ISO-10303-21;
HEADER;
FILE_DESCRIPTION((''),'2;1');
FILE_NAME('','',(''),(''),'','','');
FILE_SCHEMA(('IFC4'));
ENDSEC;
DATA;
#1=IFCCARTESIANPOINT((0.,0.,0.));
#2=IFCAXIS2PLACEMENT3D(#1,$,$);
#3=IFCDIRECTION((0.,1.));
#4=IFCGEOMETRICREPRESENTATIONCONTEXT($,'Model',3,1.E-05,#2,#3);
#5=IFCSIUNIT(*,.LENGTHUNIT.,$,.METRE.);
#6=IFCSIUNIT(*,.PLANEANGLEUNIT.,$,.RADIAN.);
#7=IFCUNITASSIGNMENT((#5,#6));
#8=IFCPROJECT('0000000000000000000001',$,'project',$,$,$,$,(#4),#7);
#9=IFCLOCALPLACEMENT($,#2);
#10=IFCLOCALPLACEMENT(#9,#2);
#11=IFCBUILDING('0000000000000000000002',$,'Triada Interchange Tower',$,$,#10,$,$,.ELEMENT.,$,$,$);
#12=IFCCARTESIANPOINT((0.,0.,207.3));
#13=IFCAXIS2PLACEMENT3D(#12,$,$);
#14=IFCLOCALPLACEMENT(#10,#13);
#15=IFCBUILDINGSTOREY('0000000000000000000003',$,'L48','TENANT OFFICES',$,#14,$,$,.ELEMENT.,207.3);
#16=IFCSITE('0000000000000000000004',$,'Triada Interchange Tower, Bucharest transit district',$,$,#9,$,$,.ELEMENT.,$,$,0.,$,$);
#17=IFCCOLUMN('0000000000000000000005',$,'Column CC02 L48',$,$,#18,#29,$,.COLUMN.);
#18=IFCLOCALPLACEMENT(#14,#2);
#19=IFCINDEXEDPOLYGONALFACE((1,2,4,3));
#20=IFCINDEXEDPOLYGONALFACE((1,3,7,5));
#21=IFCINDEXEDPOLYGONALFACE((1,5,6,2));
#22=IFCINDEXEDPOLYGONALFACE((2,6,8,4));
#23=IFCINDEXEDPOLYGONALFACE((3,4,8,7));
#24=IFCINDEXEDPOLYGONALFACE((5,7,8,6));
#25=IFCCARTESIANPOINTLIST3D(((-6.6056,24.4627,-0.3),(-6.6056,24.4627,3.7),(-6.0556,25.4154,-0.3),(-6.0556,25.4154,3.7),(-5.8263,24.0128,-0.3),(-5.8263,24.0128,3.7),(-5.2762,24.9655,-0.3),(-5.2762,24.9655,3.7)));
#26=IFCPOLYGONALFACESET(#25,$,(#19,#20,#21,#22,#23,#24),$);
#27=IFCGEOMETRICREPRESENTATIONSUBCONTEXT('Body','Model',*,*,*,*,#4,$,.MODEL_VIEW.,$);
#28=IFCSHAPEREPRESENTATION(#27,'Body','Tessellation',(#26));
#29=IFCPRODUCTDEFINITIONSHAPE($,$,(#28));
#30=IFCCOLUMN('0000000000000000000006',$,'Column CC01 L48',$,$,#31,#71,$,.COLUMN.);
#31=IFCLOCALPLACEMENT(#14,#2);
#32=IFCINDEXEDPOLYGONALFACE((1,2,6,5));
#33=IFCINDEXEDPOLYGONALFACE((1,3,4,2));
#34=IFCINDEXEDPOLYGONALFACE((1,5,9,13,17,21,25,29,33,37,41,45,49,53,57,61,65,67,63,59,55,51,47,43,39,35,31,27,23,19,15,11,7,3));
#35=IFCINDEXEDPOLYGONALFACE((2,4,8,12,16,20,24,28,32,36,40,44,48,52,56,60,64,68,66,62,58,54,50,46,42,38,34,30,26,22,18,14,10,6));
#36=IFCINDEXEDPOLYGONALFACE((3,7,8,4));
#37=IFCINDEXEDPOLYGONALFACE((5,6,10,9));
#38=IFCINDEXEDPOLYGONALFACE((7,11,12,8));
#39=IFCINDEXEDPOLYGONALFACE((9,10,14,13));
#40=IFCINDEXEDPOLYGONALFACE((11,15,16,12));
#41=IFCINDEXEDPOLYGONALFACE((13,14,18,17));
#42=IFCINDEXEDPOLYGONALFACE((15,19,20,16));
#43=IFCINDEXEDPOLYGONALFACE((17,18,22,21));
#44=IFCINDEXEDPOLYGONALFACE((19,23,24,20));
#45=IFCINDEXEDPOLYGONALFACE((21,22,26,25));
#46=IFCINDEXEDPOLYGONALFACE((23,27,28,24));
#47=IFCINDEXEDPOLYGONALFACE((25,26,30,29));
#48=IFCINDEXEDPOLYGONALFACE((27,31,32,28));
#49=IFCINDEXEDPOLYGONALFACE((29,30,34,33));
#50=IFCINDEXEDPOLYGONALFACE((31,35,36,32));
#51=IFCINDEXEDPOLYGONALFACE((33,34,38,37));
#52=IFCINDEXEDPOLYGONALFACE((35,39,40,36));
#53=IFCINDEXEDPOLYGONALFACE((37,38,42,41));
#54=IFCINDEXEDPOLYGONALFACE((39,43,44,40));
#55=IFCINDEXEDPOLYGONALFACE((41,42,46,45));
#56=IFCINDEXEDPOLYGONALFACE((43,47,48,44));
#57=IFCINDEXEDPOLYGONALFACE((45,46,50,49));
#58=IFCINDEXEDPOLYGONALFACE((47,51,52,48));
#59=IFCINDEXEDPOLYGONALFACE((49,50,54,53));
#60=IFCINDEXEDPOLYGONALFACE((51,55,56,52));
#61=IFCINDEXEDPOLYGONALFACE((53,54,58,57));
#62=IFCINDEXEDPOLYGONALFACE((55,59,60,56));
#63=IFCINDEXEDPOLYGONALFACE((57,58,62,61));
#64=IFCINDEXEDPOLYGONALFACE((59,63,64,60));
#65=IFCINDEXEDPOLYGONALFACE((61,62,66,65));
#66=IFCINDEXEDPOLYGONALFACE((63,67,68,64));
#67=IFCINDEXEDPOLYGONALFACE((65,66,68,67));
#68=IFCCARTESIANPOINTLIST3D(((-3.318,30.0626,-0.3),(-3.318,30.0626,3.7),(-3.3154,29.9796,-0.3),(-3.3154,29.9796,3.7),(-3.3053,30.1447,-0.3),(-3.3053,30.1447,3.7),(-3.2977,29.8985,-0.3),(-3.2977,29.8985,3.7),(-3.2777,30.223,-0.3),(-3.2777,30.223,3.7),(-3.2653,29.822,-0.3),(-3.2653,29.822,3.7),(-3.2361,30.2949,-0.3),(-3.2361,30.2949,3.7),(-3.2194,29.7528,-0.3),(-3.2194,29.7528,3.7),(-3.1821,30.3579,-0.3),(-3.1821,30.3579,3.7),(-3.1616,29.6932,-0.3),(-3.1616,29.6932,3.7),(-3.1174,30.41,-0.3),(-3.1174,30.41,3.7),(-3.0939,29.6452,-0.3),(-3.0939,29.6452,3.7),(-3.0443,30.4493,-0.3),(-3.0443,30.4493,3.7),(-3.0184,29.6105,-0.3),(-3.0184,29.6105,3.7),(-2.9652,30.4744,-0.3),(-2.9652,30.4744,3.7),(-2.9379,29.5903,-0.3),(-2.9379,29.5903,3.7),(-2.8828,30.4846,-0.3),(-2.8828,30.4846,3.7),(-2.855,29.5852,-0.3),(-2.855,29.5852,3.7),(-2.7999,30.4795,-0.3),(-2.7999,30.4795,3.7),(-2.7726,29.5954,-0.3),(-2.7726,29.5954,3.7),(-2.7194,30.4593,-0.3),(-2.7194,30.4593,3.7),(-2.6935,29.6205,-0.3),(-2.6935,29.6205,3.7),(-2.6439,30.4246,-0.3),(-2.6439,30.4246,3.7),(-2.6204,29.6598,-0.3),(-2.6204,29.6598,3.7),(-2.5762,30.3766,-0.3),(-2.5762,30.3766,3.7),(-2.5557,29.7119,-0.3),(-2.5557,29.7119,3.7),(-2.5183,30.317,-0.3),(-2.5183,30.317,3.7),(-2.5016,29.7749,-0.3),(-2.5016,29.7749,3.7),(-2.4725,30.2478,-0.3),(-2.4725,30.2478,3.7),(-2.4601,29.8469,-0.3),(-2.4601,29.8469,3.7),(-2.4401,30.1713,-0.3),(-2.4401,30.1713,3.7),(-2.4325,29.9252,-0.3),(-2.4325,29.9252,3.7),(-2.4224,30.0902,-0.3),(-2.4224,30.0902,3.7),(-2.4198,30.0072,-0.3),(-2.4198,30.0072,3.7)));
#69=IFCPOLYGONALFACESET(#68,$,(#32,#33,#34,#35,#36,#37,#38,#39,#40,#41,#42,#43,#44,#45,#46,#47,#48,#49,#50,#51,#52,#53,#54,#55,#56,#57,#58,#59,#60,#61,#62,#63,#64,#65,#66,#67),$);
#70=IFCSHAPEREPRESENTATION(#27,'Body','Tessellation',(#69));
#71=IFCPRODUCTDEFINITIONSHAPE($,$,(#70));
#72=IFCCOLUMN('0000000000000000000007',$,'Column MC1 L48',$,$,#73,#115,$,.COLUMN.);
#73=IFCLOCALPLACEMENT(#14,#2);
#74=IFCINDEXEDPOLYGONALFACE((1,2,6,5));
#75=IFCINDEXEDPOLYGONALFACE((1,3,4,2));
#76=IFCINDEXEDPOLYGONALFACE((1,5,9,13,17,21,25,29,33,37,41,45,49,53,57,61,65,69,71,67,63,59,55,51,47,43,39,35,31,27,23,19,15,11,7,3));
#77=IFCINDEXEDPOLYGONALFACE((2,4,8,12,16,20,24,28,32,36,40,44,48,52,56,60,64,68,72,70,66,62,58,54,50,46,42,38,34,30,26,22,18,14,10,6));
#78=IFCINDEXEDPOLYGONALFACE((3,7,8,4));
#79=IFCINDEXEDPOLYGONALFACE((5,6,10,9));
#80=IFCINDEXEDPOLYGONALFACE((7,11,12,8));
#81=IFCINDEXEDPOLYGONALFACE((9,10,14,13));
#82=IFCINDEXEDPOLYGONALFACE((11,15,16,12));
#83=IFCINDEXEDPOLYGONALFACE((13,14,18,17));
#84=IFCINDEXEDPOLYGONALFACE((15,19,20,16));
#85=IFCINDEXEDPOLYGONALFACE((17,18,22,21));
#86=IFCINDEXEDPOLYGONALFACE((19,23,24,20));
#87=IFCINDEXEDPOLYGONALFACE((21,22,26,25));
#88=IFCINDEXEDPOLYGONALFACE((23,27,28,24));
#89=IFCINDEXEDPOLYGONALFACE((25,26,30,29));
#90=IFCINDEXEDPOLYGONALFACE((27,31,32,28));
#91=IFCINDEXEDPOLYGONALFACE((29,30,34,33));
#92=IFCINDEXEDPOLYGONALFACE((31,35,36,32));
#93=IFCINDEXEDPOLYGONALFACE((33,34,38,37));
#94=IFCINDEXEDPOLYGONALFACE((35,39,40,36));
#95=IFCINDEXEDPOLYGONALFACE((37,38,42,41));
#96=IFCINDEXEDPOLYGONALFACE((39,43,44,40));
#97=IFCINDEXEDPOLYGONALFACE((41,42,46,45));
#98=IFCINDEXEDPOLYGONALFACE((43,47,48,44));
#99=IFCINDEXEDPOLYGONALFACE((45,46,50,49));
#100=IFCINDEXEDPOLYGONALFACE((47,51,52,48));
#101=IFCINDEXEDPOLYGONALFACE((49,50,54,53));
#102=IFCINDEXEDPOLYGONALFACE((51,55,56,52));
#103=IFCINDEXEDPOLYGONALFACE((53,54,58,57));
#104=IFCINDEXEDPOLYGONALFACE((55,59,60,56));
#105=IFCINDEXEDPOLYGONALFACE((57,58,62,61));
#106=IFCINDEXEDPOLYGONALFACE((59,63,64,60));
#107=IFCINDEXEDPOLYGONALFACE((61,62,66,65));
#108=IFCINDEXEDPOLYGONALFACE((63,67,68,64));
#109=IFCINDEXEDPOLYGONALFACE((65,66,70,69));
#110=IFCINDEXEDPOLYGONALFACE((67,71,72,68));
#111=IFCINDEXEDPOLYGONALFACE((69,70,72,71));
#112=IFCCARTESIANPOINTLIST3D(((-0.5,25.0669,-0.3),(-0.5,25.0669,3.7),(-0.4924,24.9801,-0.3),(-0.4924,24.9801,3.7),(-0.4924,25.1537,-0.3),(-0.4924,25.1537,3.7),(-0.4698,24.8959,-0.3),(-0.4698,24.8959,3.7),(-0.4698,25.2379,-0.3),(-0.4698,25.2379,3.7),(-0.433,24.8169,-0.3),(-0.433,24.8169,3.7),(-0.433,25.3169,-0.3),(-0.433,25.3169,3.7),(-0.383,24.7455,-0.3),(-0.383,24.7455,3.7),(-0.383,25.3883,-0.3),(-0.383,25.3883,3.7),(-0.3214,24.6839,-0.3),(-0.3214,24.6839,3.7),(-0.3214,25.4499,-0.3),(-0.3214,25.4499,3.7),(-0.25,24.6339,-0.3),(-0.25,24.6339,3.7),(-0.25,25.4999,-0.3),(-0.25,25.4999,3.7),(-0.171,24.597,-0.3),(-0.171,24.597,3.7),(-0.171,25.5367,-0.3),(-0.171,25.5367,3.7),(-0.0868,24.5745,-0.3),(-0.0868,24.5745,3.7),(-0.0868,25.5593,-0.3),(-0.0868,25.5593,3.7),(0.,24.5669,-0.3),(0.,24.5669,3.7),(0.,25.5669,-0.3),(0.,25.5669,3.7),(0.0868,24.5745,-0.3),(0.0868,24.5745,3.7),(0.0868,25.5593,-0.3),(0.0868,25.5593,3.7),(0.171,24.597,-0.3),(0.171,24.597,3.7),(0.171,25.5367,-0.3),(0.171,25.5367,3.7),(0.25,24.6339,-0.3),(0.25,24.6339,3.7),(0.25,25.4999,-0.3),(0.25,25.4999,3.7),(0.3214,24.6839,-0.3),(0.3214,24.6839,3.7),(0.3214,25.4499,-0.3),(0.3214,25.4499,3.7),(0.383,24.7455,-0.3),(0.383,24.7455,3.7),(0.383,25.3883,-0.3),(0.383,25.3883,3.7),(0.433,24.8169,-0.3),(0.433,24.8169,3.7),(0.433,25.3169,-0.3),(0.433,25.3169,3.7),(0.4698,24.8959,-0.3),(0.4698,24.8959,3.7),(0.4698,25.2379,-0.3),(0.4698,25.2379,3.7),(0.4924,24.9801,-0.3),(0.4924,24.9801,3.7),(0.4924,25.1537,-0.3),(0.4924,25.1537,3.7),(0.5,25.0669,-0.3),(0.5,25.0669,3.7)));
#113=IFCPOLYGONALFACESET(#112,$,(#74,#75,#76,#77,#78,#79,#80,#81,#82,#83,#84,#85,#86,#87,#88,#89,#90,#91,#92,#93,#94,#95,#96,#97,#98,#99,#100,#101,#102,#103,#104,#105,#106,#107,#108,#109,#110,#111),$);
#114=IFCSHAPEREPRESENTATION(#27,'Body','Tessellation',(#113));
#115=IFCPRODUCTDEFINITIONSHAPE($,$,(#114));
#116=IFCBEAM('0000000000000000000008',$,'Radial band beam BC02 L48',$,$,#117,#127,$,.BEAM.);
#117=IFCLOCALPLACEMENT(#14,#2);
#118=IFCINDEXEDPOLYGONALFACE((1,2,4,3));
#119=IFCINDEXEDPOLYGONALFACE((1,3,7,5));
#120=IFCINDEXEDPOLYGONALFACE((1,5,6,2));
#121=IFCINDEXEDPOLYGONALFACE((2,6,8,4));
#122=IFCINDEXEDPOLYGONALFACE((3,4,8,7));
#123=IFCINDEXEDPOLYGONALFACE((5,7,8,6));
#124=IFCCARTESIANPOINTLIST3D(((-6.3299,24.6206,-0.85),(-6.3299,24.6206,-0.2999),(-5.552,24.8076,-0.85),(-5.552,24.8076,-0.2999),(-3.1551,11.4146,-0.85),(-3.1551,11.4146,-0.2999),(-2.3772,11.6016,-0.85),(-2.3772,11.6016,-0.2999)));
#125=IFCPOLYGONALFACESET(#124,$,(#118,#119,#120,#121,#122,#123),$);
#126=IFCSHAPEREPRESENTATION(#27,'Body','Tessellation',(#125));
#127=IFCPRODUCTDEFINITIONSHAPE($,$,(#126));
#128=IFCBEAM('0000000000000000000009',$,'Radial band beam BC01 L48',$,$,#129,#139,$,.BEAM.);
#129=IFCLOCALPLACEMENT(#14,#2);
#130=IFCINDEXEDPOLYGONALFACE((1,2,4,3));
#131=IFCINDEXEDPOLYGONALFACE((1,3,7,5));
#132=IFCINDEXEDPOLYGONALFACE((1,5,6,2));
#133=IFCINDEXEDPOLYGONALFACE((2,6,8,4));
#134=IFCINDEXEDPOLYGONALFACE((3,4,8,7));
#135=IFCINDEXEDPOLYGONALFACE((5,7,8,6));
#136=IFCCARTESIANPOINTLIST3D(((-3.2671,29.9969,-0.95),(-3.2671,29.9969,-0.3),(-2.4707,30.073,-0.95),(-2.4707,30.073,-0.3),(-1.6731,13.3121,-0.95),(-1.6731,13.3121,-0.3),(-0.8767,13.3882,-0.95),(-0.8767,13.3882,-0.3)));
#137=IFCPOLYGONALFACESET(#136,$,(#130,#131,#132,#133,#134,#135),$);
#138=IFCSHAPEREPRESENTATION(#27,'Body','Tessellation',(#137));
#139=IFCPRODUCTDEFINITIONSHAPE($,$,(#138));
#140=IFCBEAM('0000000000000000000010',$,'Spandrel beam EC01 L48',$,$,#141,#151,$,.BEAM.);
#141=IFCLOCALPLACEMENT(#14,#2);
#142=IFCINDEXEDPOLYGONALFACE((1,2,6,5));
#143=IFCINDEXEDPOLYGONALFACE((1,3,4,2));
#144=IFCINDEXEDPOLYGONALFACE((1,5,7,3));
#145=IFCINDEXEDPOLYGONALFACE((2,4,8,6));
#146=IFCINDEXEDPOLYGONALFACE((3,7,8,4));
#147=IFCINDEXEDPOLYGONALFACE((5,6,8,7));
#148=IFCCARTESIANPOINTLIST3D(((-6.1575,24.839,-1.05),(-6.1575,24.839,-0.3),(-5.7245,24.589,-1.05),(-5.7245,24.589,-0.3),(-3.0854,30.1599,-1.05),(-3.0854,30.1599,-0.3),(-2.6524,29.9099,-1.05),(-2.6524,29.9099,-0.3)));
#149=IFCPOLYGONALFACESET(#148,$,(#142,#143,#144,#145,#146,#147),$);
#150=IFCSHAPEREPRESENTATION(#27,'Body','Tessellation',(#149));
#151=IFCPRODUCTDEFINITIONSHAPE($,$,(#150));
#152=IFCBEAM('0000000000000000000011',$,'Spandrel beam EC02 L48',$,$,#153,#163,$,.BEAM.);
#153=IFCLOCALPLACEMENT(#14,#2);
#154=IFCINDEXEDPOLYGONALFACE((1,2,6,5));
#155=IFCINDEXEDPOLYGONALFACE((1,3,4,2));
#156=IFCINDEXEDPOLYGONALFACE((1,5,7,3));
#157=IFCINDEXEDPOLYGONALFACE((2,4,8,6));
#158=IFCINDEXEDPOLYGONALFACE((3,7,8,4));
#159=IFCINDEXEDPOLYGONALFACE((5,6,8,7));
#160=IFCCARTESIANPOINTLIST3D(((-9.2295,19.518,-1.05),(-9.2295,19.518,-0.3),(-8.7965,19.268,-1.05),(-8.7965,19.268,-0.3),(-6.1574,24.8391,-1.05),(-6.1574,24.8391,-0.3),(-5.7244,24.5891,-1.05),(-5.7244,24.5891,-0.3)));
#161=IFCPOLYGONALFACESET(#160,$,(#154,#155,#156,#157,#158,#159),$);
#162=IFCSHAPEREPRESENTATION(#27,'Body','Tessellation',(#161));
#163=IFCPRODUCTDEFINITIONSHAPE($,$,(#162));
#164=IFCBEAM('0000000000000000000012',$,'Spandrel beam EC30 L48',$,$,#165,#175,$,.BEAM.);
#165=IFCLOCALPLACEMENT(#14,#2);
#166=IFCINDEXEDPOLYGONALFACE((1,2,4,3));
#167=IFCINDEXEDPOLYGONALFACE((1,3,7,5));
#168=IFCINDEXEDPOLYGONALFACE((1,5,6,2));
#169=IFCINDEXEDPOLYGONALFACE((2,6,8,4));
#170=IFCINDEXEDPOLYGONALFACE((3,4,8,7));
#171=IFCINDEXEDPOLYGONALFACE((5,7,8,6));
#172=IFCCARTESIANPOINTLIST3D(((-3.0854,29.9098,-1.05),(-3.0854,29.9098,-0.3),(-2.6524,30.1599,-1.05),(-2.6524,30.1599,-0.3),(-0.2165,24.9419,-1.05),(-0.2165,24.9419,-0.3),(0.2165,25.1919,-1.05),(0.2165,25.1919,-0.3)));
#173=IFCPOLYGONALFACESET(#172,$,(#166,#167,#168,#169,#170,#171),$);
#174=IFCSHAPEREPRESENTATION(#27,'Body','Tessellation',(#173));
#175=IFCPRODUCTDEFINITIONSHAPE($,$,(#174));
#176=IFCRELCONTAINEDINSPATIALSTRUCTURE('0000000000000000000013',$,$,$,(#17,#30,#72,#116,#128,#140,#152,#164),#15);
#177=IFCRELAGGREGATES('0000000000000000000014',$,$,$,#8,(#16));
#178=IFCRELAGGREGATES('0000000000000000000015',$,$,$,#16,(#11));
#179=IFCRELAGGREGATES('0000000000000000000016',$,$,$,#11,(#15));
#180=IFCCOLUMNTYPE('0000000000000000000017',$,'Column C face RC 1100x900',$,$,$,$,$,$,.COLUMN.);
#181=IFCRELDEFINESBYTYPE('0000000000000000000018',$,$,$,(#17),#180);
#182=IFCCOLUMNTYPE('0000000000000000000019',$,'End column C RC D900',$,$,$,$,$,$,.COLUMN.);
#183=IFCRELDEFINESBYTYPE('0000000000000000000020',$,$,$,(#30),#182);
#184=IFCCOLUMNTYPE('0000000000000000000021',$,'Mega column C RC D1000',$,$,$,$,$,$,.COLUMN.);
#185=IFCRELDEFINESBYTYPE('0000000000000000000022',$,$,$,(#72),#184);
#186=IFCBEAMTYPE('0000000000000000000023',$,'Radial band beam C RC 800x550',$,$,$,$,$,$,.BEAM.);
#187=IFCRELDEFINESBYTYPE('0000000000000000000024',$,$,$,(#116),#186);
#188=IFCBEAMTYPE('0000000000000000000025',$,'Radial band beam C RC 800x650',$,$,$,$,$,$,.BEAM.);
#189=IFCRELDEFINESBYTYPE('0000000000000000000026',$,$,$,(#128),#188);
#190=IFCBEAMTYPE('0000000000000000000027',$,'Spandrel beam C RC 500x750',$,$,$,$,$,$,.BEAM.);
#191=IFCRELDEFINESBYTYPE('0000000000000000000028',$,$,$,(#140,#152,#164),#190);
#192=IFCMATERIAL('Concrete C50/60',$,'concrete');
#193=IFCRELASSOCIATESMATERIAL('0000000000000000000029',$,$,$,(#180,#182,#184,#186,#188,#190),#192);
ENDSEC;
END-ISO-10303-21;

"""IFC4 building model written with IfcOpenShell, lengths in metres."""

from ifc_helpers import new_model, si_unit, direction, frame, origin, origin_2d, place, context, subcontext, project, spatial, rectangle, circle, extrude, material, material_profile, profile_set, type_object, element, save


model = new_model("IFC4")

# Units and contexts
model_context = context("Model", 3, precision=1e-05, world=origin(), true_north=direction((0.0, 1.0)))
body_context = subcontext(model_context, "Body", "Model", "MODEL_VIEW")
ifc_project = project(units=[si_unit("LENGTHUNIT", "METRE"), si_unit("PLANEANGLEUNIT", "RADIAN")], contexts=[model_context])

# Site, building, storey
site_placement = place(None, origin())
site = spatial("IfcSite", under=ifc_project, at=site_placement, Name="Triada Interchange Tower, Bucharest transit district", CompositionType="ELEMENT", RefElevation=0.0)
building_placement = place(site_placement, origin())
building = spatial("IfcBuilding", under=site, at=building_placement, Name="Triada Interchange Tower", CompositionType="ELEMENT")
storey_placement = place(building_placement, frame((0.0, 0.0, 207.3)))
storey = spatial("IfcBuildingStorey", under=building, at=storey_placement, Name="L48", Description="TENANT OFFICES", CompositionType="ELEMENT", Elevation=207.3)

# Columns
ifc_material_1 = material(Name="Concrete C50/60", Category="concrete")
ifc_material_profile_1 = material_profile(ifc_material_1, rectangle(XDim=1.1001, YDim=0.8999, at=origin_2d()), Name="RC 1100x900")
ifc_profile_set_1 = profile_set([ifc_material_profile_1], Name="Concrete C50/60")
column_type_1 = type_object("IfcColumnType", Name="Column C face RC 1100x900", PredefinedType="COLUMN", material=ifc_profile_set_1)
column_1_placement = place(storey_placement, frame((-5.9409, 24.7141, -0.3), z_axis=(0.0, 0.0, 1.0), x_axis=(0.5, 0.866025, 0.0)))
element("IfcColumn", 1, at=column_1_placement, inside=storey, type_object=column_type_1, Name="Column CC02 L48", PredefinedType="COLUMN", context=body_context, shape_type="SweptSolid", body=[
    extrude(rectangle(XDim=1.1001, YDim=0.8999, at=origin_2d()), origin(), (0.0, 0.0, 1.0), 4.0),
])
ifc_material_profile_2 = material_profile(ifc_material_1, circle(Radius=0.45, at=origin_2d()), Name="RC D900")
ifc_profile_set_2 = profile_set([ifc_material_profile_2], Name="Concrete C50/60")
column_type_2 = type_object("IfcColumnType", Name="End column C RC D900", PredefinedType="COLUMN", material=ifc_profile_set_2)
column_2_placement = place(storey_placement, frame((-2.8689, 30.0349, -0.3), z_axis=(0.0, 0.0, 1.0), x_axis=(0.5, 0.866025, 0.0)))
element("IfcColumn", 2, at=column_2_placement, inside=storey, type_object=column_type_2, Name="Column CC01 L48", PredefinedType="COLUMN", context=body_context, shape_type="SweptSolid", body=[
    extrude(circle(Radius=0.45, at=origin_2d()), origin(), (0.0, 0.0, 1.0), 4.0),
])
ifc_material_profile_3 = material_profile(ifc_material_1, circle(Radius=0.5, at=origin_2d()), Name="RC D1000")
ifc_profile_set_3 = profile_set([ifc_material_profile_3], Name="Concrete C50/60")
column_type_3 = type_object("IfcColumnType", Name="Mega column C RC D1000", PredefinedType="COLUMN", material=ifc_profile_set_3)
column_3_placement = place(storey_placement, frame((0.0, 25.0669, -0.3), z_axis=(0.0, 0.0, 1.0), x_axis=(1.0, 0.0, 0.0)))
element("IfcColumn", 3, at=column_3_placement, inside=storey, type_object=column_type_3, Name="Column MC1 L48", PredefinedType="COLUMN", context=body_context, shape_type="SweptSolid", body=[
    extrude(circle(Radius=0.5, at=origin_2d()), origin(), (0.0, 0.0, 1.0), 4.0),
])

# Beams
ifc_material_profile_4 = material_profile(ifc_material_1, rectangle(XDim=0.8, YDim=0.55, at=origin_2d()), Name="RC 800x550")
ifc_profile_set_4 = profile_set([ifc_material_profile_4], Name="Concrete C50/60")
beam_type_1 = type_object("IfcBeamType", Name="Radial band beam C RC 800x550", PredefinedType="BEAM", material=ifc_profile_set_4)
beam_1_placement = place(storey_placement, frame((-5.9409, 24.7141, -0.575), z_axis=(0.233745, -0.972298, 0.0), x_axis=(0.972298, 0.233745, 0.0)))
element("IfcBeam", 4, at=beam_1_placement, inside=storey, type_object=beam_type_1, Name="Radial band beam BC02 L48", PredefinedType="BEAM", context=body_context, shape_type="SweptSolid", body=[
    extrude(rectangle(XDim=0.8, YDim=0.55, at=origin_2d()), origin(), (0.0, 0.0, 1.0), 13.5823),
])
ifc_material_profile_5 = material_profile(ifc_material_1, rectangle(XDim=0.8, YDim=0.6499, at=origin_2d()), Name="RC 800x650")
ifc_profile_set_5 = profile_set([ifc_material_profile_5], Name="Concrete C50/60")
beam_type_2 = type_object("IfcBeamType", Name="Radial band beam C RC 800x650", PredefinedType="BEAM", material=ifc_profile_set_5)
beam_2_placement = place(storey_placement, frame((-2.8689, 30.0349, -0.625), z_axis=(0.095103, -0.995467, 0.0), x_axis=(0.995467, 0.095103, 0.0)))
element("IfcBeam", 5, at=beam_2_placement, inside=storey, type_object=beam_type_2, Name="Radial band beam BC01 L48", PredefinedType="BEAM", context=body_context, shape_type="SweptSolid", body=[
    extrude(rectangle(XDim=0.8, YDim=0.6499, at=origin_2d()), origin(), (0.0, 0.0, 1.0), 16.7607),
])
ifc_material_profile_6 = material_profile(ifc_material_1, rectangle(XDim=0.5, YDim=0.75, at=origin_2d()), Name="RC 500x750")
ifc_profile_set_6 = profile_set([ifc_material_profile_6], Name="Concrete C50/60")
beam_type_3 = type_object("IfcBeamType", Name="Spandrel beam C RC 500x750", PredefinedType="BEAM", material=ifc_profile_set_6)
beam_3_placement = place(storey_placement, frame((-2.8689, 30.0349, -0.675), z_axis=(-0.500007, -0.866021, 0.0), x_axis=(0.866021, -0.500007, 0.0)))
element("IfcBeam", 6, at=beam_3_placement, inside=storey, type_object=beam_type_3, Name="Spandrel beam EC01 L48", PredefinedType="BEAM", context=body_context, shape_type="SweptSolid", body=[
    extrude(rectangle(XDim=0.5, YDim=0.75, at=origin_2d()), origin(), (0.0, 0.0, 1.0), 6.144),
])
beam_4_placement = place(storey_placement, frame((-5.9409, 24.7141, -0.675), z_axis=(-0.49999, -0.866031, 0.0), x_axis=(0.866031, -0.49999, 0.0)))
element("IfcBeam", 7, at=beam_4_placement, inside=storey, type_object=beam_type_3, Name="Spandrel beam EC02 L48", PredefinedType="BEAM", context=body_context, shape_type="SweptSolid", body=[
    extrude(rectangle(XDim=0.5, YDim=0.75, at=origin_2d()), origin(), (0.0, 0.0, 1.0), 6.1443),
])
beam_5_placement = place(storey_placement, frame((0.0, 25.0669, -0.675), z_axis=(-0.50008, 0.865979, 0.0), x_axis=(-0.865979, -0.50008, 0.0)))
element("IfcBeam", 8, at=beam_5_placement, inside=storey, type_object=beam_type_3, Name="Spandrel beam EC30 L48", PredefinedType="BEAM", context=body_context, shape_type="SweptSolid", body=[
    extrude(rectangle(XDim=0.5, YDim=0.75, at=origin_2d()), origin(), (0.0, 0.0, 1.0), 5.7368),
])

save(model, "model.ifc")
